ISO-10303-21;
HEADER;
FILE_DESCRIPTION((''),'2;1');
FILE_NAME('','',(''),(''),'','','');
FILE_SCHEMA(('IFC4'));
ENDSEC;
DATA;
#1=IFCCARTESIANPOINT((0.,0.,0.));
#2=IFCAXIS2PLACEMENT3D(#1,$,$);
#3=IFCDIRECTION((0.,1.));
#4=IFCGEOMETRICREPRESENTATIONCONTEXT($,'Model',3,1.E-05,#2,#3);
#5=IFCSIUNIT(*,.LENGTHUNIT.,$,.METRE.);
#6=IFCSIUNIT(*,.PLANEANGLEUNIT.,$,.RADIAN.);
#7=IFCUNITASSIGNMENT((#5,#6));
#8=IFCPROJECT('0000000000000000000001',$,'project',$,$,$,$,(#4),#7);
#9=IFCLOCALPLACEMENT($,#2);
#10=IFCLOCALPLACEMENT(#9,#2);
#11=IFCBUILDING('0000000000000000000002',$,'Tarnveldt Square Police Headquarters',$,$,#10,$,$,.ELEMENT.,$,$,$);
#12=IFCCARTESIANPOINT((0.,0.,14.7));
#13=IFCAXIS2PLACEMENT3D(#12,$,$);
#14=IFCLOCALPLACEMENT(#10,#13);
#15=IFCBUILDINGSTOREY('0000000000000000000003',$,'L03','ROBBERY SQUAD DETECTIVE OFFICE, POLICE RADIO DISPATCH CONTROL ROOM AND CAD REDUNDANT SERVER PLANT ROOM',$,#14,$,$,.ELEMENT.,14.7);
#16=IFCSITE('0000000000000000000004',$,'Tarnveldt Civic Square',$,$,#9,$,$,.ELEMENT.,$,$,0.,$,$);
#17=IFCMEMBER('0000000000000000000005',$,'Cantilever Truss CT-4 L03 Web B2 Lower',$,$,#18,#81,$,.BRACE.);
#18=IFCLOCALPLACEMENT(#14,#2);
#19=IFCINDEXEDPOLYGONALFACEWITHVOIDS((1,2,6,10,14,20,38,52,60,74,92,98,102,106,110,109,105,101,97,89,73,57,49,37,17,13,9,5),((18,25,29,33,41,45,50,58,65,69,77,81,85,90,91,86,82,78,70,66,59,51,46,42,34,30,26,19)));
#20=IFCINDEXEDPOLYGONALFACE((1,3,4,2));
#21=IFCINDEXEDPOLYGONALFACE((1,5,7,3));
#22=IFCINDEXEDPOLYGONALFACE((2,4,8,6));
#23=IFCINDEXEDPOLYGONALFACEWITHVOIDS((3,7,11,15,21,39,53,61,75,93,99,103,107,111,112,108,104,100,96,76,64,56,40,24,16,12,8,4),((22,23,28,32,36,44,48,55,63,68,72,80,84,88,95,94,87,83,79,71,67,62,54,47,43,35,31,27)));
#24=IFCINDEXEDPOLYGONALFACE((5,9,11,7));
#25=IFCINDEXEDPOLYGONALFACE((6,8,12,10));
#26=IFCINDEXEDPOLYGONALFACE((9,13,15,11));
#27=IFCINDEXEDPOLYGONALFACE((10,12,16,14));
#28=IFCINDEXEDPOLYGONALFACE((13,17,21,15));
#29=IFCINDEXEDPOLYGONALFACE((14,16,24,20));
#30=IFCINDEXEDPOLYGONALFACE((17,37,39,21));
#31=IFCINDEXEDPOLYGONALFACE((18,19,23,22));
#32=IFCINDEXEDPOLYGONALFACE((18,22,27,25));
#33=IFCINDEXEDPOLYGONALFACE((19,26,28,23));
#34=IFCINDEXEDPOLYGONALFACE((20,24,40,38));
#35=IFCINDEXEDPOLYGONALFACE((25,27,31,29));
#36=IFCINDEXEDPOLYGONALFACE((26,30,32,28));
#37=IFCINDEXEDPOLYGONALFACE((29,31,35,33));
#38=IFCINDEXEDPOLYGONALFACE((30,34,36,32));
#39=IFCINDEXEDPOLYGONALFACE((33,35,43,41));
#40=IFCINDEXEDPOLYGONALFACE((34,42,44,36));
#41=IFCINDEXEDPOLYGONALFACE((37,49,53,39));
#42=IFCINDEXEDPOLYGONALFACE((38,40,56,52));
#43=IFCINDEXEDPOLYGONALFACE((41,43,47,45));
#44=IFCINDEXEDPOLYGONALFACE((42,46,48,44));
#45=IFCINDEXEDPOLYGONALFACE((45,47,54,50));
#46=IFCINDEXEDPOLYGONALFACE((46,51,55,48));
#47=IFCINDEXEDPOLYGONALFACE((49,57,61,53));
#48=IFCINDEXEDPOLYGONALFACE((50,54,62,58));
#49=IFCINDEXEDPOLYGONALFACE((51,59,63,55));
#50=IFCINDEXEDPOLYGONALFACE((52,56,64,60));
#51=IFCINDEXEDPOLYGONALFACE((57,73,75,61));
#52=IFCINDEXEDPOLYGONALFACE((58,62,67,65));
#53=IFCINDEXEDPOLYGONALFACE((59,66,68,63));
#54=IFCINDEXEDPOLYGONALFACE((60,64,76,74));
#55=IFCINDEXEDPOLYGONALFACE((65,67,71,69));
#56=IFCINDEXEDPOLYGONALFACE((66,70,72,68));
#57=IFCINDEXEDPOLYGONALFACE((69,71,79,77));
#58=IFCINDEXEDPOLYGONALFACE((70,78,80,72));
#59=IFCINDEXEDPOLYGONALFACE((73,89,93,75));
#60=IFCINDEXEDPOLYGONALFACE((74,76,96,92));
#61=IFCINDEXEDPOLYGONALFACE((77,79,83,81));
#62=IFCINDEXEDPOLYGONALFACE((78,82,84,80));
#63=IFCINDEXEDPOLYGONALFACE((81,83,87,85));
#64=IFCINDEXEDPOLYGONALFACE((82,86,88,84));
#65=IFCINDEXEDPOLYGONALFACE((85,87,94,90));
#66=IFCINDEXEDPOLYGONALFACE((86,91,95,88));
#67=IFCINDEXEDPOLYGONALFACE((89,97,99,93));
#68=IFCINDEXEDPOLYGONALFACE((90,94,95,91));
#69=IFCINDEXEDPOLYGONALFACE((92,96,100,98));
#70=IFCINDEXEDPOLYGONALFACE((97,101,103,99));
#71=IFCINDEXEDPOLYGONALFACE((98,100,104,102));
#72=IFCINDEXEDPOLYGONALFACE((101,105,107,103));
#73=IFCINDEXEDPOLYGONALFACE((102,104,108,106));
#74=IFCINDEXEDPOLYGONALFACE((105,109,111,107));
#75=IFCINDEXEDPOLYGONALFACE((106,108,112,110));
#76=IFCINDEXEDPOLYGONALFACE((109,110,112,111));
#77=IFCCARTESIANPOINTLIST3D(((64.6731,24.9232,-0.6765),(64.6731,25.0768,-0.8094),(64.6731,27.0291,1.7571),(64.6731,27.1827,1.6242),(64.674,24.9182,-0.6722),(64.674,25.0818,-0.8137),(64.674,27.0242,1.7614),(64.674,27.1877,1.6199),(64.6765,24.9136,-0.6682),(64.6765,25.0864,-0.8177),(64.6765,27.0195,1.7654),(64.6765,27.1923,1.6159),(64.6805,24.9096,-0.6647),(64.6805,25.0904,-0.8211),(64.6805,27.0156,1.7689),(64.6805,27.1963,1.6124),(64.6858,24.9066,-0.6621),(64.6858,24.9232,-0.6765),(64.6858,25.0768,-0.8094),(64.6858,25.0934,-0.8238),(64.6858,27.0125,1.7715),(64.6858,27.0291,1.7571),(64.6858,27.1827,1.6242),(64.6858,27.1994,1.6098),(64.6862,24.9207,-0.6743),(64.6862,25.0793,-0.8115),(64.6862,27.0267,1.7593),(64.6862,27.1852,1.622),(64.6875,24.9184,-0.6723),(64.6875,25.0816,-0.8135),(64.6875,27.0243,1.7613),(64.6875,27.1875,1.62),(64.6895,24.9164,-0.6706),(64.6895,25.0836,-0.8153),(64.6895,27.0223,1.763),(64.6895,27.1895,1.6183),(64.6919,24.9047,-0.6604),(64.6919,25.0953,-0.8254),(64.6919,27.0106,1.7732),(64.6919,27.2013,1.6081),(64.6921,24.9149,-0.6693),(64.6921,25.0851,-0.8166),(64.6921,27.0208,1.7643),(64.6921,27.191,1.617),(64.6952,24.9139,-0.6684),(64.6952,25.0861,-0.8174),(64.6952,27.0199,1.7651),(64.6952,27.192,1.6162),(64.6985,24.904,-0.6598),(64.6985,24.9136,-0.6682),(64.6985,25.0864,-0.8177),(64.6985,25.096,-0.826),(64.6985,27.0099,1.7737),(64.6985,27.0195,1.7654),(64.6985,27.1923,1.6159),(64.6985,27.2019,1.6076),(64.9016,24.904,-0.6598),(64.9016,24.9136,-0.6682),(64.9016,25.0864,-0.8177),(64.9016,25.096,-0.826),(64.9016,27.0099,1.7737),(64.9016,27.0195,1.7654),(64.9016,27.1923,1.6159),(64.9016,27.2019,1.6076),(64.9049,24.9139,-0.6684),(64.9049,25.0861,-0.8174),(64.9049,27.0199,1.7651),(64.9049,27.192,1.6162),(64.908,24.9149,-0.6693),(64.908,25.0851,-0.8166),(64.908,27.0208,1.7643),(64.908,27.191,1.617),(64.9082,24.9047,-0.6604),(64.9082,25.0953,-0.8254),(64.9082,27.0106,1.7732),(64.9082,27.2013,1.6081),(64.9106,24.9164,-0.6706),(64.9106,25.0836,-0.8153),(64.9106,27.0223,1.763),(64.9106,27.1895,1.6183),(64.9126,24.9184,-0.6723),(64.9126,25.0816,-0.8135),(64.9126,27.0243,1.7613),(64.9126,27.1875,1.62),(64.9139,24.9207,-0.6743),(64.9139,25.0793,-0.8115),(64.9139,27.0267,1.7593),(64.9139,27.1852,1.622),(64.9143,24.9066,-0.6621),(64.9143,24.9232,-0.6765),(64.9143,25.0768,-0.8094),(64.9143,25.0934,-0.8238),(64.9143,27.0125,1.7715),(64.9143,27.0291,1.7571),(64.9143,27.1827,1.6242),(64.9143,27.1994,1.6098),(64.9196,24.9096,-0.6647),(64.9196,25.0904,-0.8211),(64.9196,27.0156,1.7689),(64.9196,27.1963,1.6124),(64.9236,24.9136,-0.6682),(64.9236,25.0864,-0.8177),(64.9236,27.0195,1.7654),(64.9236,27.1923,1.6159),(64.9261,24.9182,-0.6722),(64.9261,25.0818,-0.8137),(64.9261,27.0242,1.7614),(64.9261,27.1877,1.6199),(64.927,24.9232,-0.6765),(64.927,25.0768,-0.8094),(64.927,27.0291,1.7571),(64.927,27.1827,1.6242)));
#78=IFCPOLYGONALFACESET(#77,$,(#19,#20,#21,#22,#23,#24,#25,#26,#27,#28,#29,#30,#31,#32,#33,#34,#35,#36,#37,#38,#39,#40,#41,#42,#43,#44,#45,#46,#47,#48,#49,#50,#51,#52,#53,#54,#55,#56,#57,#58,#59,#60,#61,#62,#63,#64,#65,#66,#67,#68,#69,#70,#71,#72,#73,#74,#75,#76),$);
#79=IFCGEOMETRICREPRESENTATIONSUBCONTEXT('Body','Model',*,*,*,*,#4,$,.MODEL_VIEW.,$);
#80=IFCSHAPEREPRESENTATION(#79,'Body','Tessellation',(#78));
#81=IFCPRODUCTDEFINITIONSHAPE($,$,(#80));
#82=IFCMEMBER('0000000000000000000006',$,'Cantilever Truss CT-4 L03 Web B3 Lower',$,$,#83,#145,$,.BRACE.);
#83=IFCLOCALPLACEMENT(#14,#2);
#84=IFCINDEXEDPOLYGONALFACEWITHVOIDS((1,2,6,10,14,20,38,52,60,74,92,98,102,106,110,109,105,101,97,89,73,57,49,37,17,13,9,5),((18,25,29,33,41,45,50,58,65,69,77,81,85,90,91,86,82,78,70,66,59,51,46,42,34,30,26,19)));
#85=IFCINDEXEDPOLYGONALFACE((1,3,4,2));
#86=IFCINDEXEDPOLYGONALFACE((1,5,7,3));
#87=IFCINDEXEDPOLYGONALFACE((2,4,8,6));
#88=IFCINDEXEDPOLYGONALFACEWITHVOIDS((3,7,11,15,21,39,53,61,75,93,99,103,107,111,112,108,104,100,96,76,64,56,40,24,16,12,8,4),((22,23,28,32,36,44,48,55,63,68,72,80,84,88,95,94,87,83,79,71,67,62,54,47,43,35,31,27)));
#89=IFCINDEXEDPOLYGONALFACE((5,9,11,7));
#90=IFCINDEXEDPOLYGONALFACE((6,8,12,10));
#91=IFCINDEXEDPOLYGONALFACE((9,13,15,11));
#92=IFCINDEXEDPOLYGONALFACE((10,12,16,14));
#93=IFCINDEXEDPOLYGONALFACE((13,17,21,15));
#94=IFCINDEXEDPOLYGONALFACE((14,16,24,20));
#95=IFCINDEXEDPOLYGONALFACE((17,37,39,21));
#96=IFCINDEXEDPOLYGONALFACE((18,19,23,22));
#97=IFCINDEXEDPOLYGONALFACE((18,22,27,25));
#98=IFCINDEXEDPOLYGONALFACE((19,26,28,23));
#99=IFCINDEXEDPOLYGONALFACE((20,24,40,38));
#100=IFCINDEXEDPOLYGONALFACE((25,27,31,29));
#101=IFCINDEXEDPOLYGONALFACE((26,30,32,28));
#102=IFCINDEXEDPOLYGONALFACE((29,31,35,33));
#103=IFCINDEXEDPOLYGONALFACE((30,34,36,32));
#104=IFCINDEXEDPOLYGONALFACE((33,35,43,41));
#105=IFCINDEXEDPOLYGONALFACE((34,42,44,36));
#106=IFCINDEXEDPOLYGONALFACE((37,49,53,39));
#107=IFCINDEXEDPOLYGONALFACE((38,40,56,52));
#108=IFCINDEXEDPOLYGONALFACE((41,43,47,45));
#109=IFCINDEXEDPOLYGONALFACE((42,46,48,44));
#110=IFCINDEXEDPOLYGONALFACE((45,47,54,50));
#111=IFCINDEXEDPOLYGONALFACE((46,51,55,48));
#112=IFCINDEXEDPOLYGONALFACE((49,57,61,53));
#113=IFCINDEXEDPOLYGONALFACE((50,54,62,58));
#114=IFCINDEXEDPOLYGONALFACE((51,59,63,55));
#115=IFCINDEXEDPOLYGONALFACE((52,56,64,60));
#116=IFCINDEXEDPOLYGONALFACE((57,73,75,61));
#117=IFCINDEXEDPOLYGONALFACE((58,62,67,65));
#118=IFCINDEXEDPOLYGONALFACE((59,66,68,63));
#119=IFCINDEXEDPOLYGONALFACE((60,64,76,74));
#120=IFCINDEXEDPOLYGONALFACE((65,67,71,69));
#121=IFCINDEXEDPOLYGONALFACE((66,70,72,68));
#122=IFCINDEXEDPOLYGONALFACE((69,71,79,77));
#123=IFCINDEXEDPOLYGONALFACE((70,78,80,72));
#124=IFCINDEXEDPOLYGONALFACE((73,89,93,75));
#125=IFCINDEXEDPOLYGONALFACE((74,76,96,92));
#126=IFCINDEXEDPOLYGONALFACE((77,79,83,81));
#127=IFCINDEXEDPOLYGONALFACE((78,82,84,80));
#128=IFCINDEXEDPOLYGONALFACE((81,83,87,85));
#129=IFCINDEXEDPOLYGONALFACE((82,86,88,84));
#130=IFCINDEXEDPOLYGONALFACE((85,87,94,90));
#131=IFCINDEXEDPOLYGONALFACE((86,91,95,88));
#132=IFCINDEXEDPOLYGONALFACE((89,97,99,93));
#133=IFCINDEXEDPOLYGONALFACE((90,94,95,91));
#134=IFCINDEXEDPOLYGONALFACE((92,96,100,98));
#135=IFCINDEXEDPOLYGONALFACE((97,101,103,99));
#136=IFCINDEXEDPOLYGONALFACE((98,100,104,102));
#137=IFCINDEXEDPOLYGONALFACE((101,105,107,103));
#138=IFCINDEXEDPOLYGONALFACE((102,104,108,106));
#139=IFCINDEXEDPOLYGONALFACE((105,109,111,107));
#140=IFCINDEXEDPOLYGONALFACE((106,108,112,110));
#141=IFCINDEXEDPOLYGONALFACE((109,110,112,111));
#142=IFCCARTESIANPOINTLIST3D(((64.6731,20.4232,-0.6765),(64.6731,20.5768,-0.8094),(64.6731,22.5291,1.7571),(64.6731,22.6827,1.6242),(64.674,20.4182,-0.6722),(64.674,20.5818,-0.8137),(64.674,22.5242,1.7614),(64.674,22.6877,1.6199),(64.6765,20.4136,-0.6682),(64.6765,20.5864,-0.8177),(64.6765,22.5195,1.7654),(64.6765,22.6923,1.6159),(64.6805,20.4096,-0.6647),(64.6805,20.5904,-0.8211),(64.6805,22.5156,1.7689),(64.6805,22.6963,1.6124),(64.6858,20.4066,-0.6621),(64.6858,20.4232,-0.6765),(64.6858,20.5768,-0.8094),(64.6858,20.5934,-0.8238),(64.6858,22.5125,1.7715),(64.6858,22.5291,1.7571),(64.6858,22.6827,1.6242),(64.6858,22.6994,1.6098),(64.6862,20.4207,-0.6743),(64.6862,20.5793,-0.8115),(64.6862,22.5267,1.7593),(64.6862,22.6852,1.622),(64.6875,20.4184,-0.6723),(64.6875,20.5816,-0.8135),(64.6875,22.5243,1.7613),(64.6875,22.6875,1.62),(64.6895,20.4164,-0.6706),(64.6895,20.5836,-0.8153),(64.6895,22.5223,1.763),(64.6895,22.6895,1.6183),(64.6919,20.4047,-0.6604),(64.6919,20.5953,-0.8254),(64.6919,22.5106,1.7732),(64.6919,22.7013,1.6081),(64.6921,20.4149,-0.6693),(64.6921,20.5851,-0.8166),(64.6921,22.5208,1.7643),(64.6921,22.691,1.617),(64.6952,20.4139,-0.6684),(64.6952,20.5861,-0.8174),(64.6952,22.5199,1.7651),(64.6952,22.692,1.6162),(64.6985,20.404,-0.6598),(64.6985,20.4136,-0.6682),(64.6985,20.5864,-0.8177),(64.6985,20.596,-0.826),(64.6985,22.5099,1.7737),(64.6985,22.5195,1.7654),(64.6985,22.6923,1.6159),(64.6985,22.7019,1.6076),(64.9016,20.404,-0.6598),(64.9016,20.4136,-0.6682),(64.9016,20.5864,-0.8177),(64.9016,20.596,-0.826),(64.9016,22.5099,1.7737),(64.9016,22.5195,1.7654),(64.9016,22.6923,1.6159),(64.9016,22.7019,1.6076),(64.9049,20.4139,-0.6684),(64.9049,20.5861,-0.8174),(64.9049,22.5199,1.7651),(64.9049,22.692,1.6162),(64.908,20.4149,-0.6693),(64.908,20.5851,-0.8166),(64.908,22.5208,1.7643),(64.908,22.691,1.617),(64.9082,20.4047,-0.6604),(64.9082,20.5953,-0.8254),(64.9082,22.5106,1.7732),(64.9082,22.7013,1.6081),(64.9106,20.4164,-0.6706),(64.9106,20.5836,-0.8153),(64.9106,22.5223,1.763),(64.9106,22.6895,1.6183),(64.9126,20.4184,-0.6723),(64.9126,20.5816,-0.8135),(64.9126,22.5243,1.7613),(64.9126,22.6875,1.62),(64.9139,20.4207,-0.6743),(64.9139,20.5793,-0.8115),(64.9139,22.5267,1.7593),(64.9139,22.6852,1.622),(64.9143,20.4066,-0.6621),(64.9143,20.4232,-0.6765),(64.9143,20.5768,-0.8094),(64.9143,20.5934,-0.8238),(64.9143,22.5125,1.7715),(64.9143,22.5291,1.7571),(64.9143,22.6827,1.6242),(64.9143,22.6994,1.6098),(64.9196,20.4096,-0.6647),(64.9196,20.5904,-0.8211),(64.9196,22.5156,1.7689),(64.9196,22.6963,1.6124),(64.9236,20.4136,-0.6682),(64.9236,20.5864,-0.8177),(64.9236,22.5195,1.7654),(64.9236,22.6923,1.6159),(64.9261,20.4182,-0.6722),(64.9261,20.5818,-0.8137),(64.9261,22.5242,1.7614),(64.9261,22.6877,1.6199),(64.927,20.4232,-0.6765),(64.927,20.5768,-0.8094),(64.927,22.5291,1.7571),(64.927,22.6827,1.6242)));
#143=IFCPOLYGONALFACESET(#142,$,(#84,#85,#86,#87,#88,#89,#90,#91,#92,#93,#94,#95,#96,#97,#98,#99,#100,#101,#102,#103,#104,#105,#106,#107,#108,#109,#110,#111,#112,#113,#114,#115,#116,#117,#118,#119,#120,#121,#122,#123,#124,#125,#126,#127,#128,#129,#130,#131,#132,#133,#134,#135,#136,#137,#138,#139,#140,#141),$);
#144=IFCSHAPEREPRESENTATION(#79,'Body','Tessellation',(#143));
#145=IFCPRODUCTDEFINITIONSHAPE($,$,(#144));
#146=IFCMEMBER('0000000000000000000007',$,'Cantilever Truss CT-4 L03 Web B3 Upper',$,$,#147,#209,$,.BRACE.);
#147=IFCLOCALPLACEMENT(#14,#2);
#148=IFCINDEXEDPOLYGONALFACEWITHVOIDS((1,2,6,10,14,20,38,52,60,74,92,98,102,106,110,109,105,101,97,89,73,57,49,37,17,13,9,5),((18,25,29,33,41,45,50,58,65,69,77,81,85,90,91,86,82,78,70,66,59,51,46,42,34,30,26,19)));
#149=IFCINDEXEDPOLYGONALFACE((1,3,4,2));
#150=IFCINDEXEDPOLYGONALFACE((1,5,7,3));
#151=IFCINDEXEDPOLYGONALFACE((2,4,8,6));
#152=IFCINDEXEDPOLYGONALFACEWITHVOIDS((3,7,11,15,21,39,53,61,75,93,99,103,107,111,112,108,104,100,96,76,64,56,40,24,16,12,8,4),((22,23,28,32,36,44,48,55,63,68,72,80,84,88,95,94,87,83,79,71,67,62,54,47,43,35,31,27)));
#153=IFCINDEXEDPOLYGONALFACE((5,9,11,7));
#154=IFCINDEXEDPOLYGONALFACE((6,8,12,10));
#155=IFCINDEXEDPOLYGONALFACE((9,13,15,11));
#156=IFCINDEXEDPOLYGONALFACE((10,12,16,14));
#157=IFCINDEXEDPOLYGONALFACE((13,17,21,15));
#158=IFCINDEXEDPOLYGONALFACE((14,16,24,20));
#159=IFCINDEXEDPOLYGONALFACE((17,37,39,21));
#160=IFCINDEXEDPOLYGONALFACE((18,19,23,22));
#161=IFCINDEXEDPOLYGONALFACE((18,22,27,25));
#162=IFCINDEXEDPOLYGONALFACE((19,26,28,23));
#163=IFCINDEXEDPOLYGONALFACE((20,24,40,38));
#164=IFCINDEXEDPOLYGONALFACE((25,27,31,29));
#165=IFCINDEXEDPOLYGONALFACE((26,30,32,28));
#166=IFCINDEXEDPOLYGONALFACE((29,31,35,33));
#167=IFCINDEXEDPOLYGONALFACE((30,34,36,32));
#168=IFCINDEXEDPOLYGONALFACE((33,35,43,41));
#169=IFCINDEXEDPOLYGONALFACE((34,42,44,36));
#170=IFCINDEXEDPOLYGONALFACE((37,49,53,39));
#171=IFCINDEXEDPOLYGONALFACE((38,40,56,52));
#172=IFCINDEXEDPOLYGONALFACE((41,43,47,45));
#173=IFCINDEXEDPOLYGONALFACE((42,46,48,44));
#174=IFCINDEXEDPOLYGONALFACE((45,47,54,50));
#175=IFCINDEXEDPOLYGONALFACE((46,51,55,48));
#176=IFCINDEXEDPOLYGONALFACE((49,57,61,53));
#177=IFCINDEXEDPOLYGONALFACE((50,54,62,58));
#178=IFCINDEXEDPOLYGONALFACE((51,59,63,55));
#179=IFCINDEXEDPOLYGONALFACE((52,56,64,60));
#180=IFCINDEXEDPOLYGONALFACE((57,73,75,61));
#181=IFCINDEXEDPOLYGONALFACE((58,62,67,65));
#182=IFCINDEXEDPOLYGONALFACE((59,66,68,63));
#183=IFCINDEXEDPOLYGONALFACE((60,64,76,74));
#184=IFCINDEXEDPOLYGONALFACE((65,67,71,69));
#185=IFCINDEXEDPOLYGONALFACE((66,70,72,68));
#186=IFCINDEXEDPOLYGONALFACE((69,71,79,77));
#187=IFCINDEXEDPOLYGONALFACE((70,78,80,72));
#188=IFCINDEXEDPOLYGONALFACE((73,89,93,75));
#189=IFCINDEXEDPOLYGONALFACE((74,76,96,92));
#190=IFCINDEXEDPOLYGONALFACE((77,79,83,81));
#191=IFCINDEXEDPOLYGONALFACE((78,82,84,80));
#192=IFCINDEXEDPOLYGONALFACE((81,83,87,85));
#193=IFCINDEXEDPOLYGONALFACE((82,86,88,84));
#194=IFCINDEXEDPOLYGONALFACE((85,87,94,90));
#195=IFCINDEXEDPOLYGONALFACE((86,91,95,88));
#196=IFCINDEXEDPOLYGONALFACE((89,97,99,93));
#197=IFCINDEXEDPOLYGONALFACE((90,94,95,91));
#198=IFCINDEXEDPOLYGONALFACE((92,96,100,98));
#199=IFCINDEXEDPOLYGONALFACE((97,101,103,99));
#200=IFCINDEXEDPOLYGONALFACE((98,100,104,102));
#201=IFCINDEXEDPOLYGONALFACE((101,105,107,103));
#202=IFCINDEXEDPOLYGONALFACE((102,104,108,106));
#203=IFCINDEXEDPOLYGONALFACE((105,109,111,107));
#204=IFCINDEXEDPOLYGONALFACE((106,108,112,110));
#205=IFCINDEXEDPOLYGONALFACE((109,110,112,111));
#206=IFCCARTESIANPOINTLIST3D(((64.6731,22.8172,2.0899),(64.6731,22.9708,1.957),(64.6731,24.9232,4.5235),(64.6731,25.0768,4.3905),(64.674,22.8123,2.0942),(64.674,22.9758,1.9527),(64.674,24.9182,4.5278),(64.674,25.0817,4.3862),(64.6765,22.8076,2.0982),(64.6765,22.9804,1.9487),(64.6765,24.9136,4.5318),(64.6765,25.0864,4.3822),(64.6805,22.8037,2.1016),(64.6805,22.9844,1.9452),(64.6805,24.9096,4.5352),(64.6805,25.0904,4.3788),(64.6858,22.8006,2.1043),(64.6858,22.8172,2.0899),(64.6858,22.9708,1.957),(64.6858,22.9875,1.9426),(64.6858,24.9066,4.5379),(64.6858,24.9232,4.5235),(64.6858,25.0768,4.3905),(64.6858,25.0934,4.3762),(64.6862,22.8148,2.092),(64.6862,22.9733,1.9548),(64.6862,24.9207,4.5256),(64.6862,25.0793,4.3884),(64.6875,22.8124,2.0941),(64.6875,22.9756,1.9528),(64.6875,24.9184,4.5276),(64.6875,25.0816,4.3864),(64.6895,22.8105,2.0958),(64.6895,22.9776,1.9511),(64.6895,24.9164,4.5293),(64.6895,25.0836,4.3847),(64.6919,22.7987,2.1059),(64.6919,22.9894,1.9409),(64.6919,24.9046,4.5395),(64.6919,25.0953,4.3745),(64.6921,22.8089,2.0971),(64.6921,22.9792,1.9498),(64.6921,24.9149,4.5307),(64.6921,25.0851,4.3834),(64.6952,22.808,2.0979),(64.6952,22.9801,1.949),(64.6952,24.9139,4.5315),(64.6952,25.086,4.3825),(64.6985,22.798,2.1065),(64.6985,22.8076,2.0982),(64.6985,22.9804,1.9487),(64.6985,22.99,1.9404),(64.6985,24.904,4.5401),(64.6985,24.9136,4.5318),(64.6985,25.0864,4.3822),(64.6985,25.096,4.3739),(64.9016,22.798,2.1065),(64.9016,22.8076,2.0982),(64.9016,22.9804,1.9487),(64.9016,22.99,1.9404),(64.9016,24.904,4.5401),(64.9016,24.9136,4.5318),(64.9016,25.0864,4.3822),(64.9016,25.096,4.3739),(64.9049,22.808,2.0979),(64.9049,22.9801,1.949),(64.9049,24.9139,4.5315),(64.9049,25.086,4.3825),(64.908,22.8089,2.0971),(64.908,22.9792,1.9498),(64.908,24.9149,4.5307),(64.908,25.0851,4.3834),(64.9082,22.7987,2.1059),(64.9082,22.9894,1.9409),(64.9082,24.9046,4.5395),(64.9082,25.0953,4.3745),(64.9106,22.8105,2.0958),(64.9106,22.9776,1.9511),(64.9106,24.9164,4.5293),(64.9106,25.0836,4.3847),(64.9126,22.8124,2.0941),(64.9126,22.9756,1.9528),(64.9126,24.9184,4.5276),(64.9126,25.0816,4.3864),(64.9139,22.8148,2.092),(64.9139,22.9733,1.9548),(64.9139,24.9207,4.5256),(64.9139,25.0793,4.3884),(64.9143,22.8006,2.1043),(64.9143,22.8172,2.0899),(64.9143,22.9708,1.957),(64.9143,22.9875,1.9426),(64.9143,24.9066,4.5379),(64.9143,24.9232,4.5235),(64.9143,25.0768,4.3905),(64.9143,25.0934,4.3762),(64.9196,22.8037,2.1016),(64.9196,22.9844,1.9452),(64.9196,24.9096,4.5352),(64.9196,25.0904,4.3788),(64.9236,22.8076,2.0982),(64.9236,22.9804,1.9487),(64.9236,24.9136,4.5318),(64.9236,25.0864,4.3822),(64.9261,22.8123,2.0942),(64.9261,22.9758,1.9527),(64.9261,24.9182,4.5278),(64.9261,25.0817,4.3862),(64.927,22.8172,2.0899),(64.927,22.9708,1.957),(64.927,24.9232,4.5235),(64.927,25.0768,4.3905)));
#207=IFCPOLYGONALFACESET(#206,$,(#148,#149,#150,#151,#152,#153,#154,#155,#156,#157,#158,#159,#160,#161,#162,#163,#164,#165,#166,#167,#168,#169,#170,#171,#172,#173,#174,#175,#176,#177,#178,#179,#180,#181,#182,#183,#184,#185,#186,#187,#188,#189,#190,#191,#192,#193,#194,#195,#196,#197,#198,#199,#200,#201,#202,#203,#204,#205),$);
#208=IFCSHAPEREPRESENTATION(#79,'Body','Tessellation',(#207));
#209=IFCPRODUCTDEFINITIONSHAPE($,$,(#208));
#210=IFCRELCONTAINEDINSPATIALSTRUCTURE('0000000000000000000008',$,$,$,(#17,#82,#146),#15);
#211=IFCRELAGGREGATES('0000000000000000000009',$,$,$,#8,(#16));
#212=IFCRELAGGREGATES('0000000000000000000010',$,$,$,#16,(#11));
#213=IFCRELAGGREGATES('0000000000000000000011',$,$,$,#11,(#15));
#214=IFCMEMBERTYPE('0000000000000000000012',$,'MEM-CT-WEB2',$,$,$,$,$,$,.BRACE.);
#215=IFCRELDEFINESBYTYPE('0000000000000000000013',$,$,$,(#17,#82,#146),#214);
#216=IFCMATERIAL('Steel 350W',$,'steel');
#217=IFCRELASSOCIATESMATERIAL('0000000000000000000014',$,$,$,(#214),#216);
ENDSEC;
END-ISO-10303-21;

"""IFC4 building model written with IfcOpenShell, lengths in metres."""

from ifc_helpers import new_model, si_unit, direction, frame, origin, origin_2d, place, context, subcontext, project, spatial, hollow_rectangle, extrude, material, material_profile, profile_set, type_object, element, save


model = new_model("IFC4")

# Units and contexts
model_context = context("Model", 3, precision=1e-05, world=origin(), true_north=direction((0.0, 1.0)))
body_context = subcontext(model_context, "Body", "Model", "MODEL_VIEW")
ifc_project = project(units=[si_unit("LENGTHUNIT", "METRE"), si_unit("PLANEANGLEUNIT", "RADIAN")], contexts=[model_context])

# Site, building, storey
site_placement = place(None, origin())
site = spatial("IfcSite", under=ifc_project, at=site_placement, Name="Tarnveldt Civic Square", CompositionType="ELEMENT", RefElevation=0.0)
building_placement = place(site_placement, origin())
building = spatial("IfcBuilding", under=site, at=building_placement, Name="Tarnveldt Square Police Headquarters", CompositionType="ELEMENT")
storey_placement = place(building_placement, frame((0.0, 0.0, 14.7)))
storey = spatial("IfcBuildingStorey", under=building, at=storey_placement, Name="L03", Description="ROBBERY SQUAD DETECTIVE OFFICE, POLICE RADIO DISPATCH CONTROL ROOM AND CAD REDUNDANT SERVER PLANT ROOM", CompositionType="ELEMENT", Elevation=14.7)

# Shared definitions
ifc_material_1 = material(Name="Steel 350W", Category="steel")

# Members
ifc_material_profile_1 = material_profile(ifc_material_1, hollow_rectangle(XDim=0.2539, YDim=0.2539, WallThickness=0.0127, InnerFilletRadius=0.0127, OuterFilletRadius=0.0254, at=origin_2d()), Name="HSS254x254x13")
ifc_profile_set_1 = profile_set([ifc_material_profile_1], Name="Steel 350W")
member_type_1 = type_object("IfcMemberType", Name="MEM-CT-WEB2", PredefinedType="BRACE", material=ifc_profile_set_1)
for number, where, z_axis, x_axis, name in (
    (1, (64.8, 25.0, -0.7429), (0.0, 0.65437, 0.756174), (-1.0, 0.0, 0.0), "Cantilever Truss CT-4 L03 Web B2 Lower"),
    (2, (64.8, 20.5, -0.7429), (0.0, 0.65437, 0.756174), (-1.0, 0.0, 0.0), "Cantilever Truss CT-4 L03 Web B3 Lower"),
    (3, (64.8, 22.894, 2.0234), (0.0, 0.65437, 0.756174), (-1.0, 0.0, 0.0), "Cantilever Truss CT-4 L03 Web B3 Upper"),
):
    element("IfcMember", number, at=place(storey_placement, frame(where, z_axis=z_axis, x_axis=x_axis)), inside=storey, type_object=member_type_1, Name=name, PredefinedType="BRACE", context=body_context, shape_type="SweptSolid", body=[
        extrude(hollow_rectangle(XDim=0.2539, YDim=0.2539, WallThickness=0.0127, InnerFilletRadius=0.0127, OuterFilletRadius=0.0254, at=origin_2d()), origin(), (0.0, 0.0, 1.0), 3.2183),
    ])

save(model, "model.ifc")
